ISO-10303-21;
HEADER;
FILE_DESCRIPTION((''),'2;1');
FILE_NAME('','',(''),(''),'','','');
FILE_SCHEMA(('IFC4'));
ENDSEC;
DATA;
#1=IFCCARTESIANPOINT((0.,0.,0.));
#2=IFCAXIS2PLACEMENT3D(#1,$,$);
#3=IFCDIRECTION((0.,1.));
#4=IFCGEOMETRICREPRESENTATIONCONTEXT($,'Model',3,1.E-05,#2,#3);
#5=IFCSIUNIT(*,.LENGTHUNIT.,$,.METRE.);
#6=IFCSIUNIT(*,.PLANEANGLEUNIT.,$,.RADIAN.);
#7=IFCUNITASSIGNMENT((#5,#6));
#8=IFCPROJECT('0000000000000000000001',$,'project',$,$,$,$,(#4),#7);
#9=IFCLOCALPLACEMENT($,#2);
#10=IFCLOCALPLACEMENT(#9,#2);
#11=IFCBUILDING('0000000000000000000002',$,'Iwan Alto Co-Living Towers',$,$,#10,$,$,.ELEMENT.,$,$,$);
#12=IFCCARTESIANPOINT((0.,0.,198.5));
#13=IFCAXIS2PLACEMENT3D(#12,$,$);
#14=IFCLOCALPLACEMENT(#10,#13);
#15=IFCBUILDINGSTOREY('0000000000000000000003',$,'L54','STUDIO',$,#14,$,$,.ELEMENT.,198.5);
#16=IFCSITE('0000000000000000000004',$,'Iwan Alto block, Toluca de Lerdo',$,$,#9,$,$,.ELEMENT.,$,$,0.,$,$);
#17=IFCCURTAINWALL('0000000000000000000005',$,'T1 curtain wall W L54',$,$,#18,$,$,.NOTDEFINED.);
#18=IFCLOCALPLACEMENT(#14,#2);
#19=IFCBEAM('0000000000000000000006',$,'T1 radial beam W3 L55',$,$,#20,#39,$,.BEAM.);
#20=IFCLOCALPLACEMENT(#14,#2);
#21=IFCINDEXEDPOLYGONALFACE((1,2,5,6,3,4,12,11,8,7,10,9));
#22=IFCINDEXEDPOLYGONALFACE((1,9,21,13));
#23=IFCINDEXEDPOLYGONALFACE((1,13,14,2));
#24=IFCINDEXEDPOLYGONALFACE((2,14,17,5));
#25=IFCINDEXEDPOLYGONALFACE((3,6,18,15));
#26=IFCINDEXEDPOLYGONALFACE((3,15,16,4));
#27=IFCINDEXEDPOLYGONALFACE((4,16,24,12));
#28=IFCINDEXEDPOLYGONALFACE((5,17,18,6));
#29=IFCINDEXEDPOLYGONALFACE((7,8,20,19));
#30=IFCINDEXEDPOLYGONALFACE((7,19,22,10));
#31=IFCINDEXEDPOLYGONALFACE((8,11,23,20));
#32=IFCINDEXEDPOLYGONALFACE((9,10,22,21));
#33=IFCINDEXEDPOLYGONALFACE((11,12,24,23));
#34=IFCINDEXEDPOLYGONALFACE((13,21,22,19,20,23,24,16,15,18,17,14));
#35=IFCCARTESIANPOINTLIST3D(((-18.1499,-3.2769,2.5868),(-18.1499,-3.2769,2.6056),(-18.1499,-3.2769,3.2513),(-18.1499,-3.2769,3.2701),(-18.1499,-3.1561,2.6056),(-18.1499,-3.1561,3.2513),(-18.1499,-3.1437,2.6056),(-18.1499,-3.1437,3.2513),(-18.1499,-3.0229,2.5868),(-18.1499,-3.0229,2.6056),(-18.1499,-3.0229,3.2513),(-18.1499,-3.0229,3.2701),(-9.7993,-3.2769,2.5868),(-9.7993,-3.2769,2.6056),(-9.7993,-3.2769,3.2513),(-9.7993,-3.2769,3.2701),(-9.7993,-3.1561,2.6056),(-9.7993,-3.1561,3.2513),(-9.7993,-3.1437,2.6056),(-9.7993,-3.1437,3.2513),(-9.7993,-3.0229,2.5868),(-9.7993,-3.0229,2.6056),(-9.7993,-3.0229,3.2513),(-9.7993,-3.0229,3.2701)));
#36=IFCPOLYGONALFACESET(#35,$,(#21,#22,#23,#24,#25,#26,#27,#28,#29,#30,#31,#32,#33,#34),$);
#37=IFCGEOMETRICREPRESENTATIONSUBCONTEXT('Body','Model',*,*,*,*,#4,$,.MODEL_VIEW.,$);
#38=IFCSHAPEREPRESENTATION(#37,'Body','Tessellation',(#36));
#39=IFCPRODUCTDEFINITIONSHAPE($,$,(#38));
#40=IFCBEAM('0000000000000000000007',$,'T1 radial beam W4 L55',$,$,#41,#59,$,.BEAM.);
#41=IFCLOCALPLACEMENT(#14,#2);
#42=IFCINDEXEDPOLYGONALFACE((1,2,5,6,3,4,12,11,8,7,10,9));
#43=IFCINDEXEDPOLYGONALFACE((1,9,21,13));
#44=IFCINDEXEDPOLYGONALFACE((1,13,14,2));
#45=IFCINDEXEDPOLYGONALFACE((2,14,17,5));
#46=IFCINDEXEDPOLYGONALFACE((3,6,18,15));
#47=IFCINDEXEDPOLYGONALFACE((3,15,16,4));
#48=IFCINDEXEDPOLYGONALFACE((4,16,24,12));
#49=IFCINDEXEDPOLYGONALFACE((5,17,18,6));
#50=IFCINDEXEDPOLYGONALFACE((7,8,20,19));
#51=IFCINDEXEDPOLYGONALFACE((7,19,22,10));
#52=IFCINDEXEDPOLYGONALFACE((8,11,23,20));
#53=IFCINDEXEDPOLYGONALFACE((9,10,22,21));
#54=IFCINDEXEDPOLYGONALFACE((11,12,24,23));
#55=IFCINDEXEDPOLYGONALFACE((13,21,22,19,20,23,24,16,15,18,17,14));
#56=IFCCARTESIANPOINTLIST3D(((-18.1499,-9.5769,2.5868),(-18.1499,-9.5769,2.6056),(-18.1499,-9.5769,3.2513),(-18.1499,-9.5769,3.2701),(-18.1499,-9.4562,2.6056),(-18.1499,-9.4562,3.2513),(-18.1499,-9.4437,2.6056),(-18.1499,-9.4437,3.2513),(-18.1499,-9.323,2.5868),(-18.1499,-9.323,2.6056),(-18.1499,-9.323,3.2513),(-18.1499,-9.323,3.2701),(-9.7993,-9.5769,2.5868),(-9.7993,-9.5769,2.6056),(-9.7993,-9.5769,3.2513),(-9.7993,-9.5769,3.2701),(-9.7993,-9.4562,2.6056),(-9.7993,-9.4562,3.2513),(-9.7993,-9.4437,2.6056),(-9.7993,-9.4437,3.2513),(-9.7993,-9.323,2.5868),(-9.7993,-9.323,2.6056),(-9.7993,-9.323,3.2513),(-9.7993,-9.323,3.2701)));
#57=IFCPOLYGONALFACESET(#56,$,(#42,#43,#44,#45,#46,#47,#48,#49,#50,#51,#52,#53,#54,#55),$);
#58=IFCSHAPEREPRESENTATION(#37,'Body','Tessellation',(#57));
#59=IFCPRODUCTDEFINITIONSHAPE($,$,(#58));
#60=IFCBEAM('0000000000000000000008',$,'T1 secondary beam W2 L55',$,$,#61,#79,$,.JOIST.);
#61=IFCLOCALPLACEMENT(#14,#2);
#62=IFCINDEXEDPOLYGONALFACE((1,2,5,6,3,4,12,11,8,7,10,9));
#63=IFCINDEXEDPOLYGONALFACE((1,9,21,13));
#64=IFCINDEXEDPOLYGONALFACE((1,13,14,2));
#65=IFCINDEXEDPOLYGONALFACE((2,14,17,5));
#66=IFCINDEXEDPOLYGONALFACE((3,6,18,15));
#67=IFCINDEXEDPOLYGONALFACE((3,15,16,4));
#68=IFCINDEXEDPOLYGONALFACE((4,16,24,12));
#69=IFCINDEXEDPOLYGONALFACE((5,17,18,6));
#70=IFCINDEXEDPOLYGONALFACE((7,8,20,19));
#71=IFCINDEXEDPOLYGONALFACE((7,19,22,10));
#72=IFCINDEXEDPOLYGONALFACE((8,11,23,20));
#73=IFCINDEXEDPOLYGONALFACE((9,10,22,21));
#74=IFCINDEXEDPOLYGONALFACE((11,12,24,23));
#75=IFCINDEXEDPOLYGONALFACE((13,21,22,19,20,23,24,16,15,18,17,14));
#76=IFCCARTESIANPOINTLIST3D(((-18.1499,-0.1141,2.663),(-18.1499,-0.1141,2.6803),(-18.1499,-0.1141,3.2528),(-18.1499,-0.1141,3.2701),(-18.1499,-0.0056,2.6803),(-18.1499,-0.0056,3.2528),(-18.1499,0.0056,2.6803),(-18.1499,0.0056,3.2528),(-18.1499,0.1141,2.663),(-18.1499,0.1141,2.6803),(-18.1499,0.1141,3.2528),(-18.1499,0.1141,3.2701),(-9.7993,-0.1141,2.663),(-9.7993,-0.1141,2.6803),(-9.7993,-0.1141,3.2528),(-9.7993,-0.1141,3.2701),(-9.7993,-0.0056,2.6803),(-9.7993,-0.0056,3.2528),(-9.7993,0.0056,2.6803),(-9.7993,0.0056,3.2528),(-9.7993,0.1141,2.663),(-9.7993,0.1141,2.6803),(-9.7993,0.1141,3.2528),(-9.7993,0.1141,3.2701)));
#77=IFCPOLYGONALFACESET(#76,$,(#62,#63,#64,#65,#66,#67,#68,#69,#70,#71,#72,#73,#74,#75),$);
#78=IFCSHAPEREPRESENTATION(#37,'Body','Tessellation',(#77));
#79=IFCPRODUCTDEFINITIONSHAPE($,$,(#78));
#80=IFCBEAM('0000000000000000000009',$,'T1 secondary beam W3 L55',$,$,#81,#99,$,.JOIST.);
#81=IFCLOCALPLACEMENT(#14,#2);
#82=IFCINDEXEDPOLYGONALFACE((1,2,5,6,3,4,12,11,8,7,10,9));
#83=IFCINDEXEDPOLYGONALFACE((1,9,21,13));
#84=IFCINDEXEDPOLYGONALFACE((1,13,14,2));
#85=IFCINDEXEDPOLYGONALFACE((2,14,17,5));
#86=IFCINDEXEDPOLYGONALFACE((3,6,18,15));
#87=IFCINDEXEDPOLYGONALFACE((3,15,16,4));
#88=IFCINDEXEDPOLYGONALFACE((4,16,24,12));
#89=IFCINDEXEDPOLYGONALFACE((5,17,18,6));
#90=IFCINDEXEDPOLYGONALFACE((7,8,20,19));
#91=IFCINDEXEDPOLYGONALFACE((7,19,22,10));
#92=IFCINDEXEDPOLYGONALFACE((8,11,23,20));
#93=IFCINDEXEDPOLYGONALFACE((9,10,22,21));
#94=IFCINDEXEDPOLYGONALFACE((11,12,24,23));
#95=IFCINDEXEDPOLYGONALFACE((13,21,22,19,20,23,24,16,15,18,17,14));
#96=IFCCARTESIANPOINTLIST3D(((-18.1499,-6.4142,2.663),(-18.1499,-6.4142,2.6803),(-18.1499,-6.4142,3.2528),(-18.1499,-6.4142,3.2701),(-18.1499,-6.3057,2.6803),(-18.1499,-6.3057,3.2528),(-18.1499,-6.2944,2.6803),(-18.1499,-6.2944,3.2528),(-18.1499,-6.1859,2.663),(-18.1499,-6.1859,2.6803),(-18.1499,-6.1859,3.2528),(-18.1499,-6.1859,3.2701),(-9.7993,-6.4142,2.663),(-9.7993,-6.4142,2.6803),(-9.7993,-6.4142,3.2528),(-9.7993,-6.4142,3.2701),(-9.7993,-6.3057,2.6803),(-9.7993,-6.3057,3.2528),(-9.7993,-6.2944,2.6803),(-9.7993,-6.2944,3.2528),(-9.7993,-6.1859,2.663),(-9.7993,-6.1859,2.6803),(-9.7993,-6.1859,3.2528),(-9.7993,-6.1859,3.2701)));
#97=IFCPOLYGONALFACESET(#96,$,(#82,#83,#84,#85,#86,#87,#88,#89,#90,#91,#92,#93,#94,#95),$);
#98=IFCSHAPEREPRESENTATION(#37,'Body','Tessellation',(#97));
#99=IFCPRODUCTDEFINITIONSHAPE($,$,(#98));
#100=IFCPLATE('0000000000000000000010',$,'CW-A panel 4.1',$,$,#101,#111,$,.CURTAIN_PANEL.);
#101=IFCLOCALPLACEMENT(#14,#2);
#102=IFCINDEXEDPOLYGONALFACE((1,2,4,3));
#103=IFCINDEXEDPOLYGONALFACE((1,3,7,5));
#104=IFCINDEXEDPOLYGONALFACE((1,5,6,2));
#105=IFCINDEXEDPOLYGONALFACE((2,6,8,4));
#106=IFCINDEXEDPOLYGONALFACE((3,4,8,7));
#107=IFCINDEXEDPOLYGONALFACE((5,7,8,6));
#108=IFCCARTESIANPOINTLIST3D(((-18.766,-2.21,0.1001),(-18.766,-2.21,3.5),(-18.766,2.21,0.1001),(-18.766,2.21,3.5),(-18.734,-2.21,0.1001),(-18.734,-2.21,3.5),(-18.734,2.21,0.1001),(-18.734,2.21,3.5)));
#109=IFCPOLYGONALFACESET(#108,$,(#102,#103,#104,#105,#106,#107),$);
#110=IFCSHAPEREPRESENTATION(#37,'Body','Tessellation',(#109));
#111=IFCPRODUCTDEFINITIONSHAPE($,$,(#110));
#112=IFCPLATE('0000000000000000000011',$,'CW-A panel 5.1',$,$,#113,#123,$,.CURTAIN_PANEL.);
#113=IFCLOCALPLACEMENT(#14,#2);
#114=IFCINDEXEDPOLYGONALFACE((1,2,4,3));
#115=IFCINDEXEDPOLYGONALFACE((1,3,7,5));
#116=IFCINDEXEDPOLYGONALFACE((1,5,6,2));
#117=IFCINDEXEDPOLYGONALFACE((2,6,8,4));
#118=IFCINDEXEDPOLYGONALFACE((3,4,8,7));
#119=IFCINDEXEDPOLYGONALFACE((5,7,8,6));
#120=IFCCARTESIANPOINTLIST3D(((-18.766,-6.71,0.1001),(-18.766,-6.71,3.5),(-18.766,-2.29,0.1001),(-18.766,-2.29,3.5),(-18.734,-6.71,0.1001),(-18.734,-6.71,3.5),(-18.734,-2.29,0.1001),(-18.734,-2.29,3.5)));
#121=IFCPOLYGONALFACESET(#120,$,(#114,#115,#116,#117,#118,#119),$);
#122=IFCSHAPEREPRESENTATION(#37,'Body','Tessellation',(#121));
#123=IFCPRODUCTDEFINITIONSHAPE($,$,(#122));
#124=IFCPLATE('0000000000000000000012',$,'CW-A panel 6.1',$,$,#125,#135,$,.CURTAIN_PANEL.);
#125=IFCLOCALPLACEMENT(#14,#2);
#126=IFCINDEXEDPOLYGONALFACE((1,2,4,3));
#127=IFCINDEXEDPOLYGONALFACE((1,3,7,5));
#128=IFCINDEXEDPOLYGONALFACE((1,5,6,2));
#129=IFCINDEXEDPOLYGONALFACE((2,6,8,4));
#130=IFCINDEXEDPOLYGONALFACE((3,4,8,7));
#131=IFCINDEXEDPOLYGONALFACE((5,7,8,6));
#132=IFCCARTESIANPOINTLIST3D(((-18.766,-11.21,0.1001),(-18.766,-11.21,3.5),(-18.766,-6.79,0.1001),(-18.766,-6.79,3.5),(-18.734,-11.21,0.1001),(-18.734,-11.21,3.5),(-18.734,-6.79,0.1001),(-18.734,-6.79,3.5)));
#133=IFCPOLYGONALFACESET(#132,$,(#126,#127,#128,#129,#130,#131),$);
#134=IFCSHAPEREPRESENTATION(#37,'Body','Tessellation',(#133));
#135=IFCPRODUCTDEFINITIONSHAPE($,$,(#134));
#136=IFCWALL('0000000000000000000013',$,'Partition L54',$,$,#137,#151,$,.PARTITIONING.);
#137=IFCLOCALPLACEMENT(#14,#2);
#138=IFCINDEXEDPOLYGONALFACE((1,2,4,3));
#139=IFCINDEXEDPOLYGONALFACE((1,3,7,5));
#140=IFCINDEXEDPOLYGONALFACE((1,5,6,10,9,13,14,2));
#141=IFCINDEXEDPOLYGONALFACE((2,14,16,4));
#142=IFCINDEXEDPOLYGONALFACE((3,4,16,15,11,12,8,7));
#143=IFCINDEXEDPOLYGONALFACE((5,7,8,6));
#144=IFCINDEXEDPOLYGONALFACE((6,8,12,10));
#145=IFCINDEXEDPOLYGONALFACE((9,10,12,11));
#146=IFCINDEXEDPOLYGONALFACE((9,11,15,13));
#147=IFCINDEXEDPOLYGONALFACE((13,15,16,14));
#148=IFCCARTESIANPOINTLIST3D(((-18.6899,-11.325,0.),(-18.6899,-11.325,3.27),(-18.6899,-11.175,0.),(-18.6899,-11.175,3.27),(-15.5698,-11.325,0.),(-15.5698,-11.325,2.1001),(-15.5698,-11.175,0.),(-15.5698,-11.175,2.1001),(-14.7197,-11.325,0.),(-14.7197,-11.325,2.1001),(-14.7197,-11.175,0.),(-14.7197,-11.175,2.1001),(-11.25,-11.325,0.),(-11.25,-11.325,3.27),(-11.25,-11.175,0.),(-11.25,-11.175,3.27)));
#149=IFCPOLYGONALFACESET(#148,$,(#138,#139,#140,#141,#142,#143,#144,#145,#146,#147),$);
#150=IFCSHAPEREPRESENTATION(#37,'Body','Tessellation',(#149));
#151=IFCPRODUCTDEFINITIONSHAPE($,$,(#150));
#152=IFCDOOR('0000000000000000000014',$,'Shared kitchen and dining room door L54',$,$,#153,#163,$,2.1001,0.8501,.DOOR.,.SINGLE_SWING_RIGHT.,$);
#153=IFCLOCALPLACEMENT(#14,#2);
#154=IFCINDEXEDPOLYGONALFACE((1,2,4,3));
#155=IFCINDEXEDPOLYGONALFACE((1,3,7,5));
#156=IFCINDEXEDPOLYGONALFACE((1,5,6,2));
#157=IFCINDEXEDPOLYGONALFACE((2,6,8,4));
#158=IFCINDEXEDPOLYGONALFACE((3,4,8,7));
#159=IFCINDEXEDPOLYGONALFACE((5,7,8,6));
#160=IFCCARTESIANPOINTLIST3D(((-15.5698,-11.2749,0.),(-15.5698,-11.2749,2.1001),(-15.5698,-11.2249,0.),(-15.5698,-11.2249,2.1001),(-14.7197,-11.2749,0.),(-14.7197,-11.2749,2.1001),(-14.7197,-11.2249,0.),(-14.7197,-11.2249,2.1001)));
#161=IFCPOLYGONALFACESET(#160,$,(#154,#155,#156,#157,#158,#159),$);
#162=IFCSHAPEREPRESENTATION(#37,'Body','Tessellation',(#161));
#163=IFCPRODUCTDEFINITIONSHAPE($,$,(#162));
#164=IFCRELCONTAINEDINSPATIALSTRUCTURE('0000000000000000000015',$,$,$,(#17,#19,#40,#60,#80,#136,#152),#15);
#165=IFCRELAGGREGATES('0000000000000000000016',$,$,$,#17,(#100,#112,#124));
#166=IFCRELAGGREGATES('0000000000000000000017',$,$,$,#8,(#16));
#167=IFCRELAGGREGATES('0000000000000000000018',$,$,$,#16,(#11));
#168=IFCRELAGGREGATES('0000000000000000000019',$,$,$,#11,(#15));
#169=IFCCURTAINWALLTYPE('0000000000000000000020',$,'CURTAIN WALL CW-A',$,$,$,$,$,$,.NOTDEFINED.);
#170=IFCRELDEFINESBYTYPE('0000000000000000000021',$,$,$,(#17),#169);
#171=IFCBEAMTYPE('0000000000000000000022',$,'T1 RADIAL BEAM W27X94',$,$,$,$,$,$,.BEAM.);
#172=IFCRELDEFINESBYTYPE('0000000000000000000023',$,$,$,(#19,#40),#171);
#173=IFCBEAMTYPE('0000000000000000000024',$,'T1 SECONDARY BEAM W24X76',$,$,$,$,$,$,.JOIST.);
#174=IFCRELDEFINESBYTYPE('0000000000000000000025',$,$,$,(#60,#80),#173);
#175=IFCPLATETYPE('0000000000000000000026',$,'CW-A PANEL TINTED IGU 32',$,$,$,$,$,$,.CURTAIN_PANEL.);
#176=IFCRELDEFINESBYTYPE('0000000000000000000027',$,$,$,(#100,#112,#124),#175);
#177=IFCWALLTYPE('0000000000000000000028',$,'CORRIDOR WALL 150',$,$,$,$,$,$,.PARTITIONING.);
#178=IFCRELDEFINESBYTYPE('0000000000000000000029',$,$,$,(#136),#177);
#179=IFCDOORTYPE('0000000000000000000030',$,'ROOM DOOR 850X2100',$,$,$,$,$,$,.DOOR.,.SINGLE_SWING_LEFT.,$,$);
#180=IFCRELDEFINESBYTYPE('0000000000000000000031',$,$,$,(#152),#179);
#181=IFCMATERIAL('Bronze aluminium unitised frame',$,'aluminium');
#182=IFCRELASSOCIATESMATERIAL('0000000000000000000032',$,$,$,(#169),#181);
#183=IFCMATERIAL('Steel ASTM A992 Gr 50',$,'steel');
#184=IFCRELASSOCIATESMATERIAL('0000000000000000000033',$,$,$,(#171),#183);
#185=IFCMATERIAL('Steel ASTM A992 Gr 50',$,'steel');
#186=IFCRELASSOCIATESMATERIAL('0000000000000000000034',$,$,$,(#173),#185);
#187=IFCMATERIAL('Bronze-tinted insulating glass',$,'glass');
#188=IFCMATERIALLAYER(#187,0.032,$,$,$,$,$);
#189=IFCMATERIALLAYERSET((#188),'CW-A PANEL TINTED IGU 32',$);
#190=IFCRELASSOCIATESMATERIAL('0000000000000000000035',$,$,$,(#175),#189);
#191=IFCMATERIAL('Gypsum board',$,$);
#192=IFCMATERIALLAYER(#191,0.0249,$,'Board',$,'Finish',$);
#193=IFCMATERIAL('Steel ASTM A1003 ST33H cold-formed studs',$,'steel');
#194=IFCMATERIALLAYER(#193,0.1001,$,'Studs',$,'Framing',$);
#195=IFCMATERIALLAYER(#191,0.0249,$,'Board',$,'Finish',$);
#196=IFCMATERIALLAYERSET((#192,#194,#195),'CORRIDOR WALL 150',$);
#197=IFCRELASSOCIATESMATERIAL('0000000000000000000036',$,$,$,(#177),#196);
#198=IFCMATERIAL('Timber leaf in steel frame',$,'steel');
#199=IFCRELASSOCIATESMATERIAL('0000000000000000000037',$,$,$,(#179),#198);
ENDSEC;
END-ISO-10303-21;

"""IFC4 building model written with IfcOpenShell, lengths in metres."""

from ifc_helpers import new_model, si_unit, direction, frame, frame_2d, origin, origin_2d, place, context, subcontext, project, spatial, rectangle, i_section, extrude, material, layer, layer_set, material_profile, profile_set, type_object, element, fill, aggregate, save


model = new_model("IFC4")

# Units and contexts
model_context = context("Model", 3, precision=1e-05, world=origin(), true_north=direction((0.0, 1.0)))
body_context = subcontext(model_context, "Body", "Model", "MODEL_VIEW")
ifc_project = project(units=[si_unit("LENGTHUNIT", "METRE"), si_unit("PLANEANGLEUNIT", "RADIAN")], contexts=[model_context])

# Site, building, storey
site_placement = place(None, origin())
site = spatial("IfcSite", under=ifc_project, at=site_placement, Name="Iwan Alto block, Toluca de Lerdo", CompositionType="ELEMENT", RefElevation=0.0)
building_placement = place(site_placement, origin())
building = spatial("IfcBuilding", under=site, at=building_placement, Name="Iwan Alto Co-Living Towers", CompositionType="ELEMENT")
storey_placement = place(building_placement, frame((0.0, 0.0, 198.5)))
storey = spatial("IfcBuildingStorey", under=building, at=storey_placement, Name="L54", Description="STUDIO", CompositionType="ELEMENT", Elevation=198.5)

# Curtain wall
ifc_material_1 = material(Name="Bronze aluminium unitised frame", Category="aluminium")
curtain_wall_type = type_object("IfcCurtainWallType", Name="CURTAIN WALL CW-A", PredefinedType="NOTDEFINED", material=ifc_material_1)
curtain_wall_placement = place(storey_placement, origin())
curtain_wall = element("IfcCurtainWall", 1, at=curtain_wall_placement, inside=storey, type_object=curtain_wall_type, Name="T1 curtain wall W L54", PredefinedType="NOTDEFINED")

# Beams
ifc_material_2 = material(Name="Steel ASTM A992 Gr 50", Category="steel")
ifc_material_profile_1 = material_profile(ifc_material_2, i_section(OverallWidth=0.2539, OverallDepth=0.6833, WebThickness=0.0125, FlangeThickness=0.0188, at=origin_2d()), Name="W27X94")
ifc_profile_set_1 = profile_set([ifc_material_profile_1], Name="Steel ASTM A992 Gr 50")
beam_type_1 = type_object("IfcBeamType", Name="T1 RADIAL BEAM W27X94", PredefinedType="BEAM", material=ifc_profile_set_1)
for number, where, z_axis, x_axis, name in (
    (2, (-18.1499, -3.1499, 2.9285), (1.0, 0.0, 0.0), (0.0, 1.0, 0.0), "T1 radial beam W3 L55"),
    (3, (-18.1499, -9.45, 2.9285), (1.0, 0.0, 0.0), (0.0, 1.0, 0.0), "T1 radial beam W4 L55"),
):
    element("IfcBeam", number, at=place(storey_placement, frame(where, z_axis=z_axis, x_axis=x_axis)), inside=storey, type_object=beam_type_1, Name=name, PredefinedType="BEAM", context=body_context, shape_type="SweptSolid", body=[
        extrude(i_section(OverallWidth=0.2539, OverallDepth=0.6833, WebThickness=0.0125, FlangeThickness=0.0188, at=origin_2d()), origin(), (0.0, 0.0, 1.0), 8.3506),
    ])
ifc_material_3 = material(Name="Steel ASTM A992 Gr 50", Category="steel")
ifc_material_profile_2 = material_profile(ifc_material_3, i_section(OverallWidth=0.2283, OverallDepth=0.6072, WebThickness=0.0112, FlangeThickness=0.0173, at=origin_2d()), Name="W24X76")
ifc_profile_set_2 = profile_set([ifc_material_profile_2], Name="Steel ASTM A992 Gr 50")
beam_type_2 = type_object("IfcBeamType", Name="T1 SECONDARY BEAM W24X76", PredefinedType="JOIST", material=ifc_profile_set_2)
for number, where, z_axis, x_axis, name in (
    (4, (-18.1499, 0.0, 2.9666), (1.0, 0.0, 0.0), (0.0, 1.0, 0.0), "T1 secondary beam W2 L55"),
    (5, (-18.1499, -6.3, 2.9666), (1.0, 0.0, 0.0), (0.0, 1.0, 0.0), "T1 secondary beam W3 L55"),
):
    element("IfcBeam", number, at=place(storey_placement, frame(where, z_axis=z_axis, x_axis=x_axis)), inside=storey, type_object=beam_type_2, Name=name, PredefinedType="JOIST", context=body_context, shape_type="SweptSolid", body=[
        extrude(i_section(OverallWidth=0.2283, OverallDepth=0.6072, WebThickness=0.0112, FlangeThickness=0.0173, at=origin_2d()), origin(), (0.0, 0.0, 1.0), 8.3506),
    ])

# Plates
ifc_material_4 = material(Name="Bronze-tinted insulating glass", Category="glass")
ifc_layer_1 = layer(ifc_material_4, 0.032)
ifc_layer_set_1 = layer_set([ifc_layer_1], Name="CW-A PANEL TINTED IGU 32")
plate_type = type_object("IfcPlateType", Name="CW-A PANEL TINTED IGU 32", PredefinedType="CURTAIN_PANEL", material=ifc_layer_set_1)
plate_1_placement = place(storey_placement, frame((-18.75, 0.0, 0.1001), z_axis=(0.0, 0.0, 1.0), x_axis=(0.0, -1.0, 0.0)))
plate_1 = element("IfcPlate", 6, at=plate_1_placement, type_object=plate_type, Name="CW-A panel 4.1", PredefinedType="CURTAIN_PANEL", context=body_context, shape_type="SweptSolid", body=[
    extrude(rectangle(XDim=4.4199, YDim=0.032, at=origin_2d()), origin(), (0.0, 0.0, 1.0), 3.3999),
])
plate_2_placement = place(storey_placement, frame((-18.75, -4.5, 0.1001), z_axis=(0.0, 0.0, 1.0), x_axis=(0.0, -1.0, 0.0)))
plate_2 = element("IfcPlate", 7, at=plate_2_placement, type_object=plate_type, Name="CW-A panel 5.1", PredefinedType="CURTAIN_PANEL", context=body_context, shape_type="SweptSolid", body=[
    extrude(rectangle(XDim=4.4199, YDim=0.032, at=origin_2d()), origin(), (0.0, 0.0, 1.0), 3.3999),
])
plate_3_placement = place(storey_placement, frame((-18.75, -9.0, 0.1001), z_axis=(0.0, 0.0, 1.0), x_axis=(0.0, -1.0, 0.0)))
plate_3 = element("IfcPlate", 8, at=plate_3_placement, type_object=plate_type, Name="CW-A panel 6.1", PredefinedType="CURTAIN_PANEL", context=body_context, shape_type="SweptSolid", body=[
    extrude(rectangle(XDim=4.4199, YDim=0.032, at=origin_2d()), origin(), (0.0, 0.0, 1.0), 3.3999),
])
aggregate(curtain_wall, [plate_1, plate_2, plate_3])

# Wall, opening, door
ifc_material_5 = material(Name="Gypsum board")
ifc_layer_2 = layer(ifc_material_5, 0.0249, Name="Board", Category="Finish")
ifc_material_6 = material(Name="Steel ASTM A1003 ST33H cold-formed studs", Category="steel")
ifc_layer_3 = layer(ifc_material_6, 0.1001, Name="Studs", Category="Framing")
ifc_layer_4 = layer(ifc_material_5, 0.0249, Name="Board", Category="Finish")
ifc_layer_set_2 = layer_set([ifc_layer_2, ifc_layer_3, ifc_layer_4], Name="CORRIDOR WALL 150")
wall_type = type_object("IfcWallType", Name="CORRIDOR WALL 150", PredefinedType="PARTITIONING", material=ifc_layer_set_2)
wall_1_placement = place(storey_placement, frame((-18.6899, -11.25, 0.0), z_axis=(0.0, 0.0, 1.0), x_axis=(1.0, 0.0, 0.0)))
wall_1 = element("IfcWall", 9, at=wall_1_placement, inside=storey, type_object=wall_type, Name="Partition L54", PredefinedType="PARTITIONING", context=body_context, shape_type="SweptSolid", body=[
    extrude(rectangle(XDim=7.4399, YDim=0.1499, at=frame_2d((3.72, 0.0))), origin(), (0.0, 0.0, 1.0), 3.27),
])
opening_1_placement = place(wall_1_placement, frame((3.1201, 0.0, 0.0)))
opening_1 = element("IfcOpeningElement", 10, at=opening_1_placement, cuts=wall_1, PredefinedType="OPENING", context=body_context, shape_type="SweptSolid", body=[
    extrude(rectangle(XDim=0.8501, YDim=2.1001, at=frame_2d((0.425, 1.05))), frame((0.0, 0.085, 0.0), z_axis=(0.0, -1.0, 0.0), x_axis=(1.0, 0.0, 0.0)), (0.0, 0.0, 1.0), 0.1699),
])
ifc_material_7 = material(Name="Timber leaf in steel frame", Category="steel")
door_type_1 = type_object("IfcDoorType", Name="ROOM DOOR 850X2100", OperationType="SINGLE_SWING_LEFT", PredefinedType="DOOR", material=ifc_material_7)
door_1_placement = place(opening_1_placement, frame((0.8501, 0.0, 0.0), z_axis=(0.0, 0.0, 1.0), x_axis=(-1.0, 0.0, 0.0)))
door_1 = element("IfcDoor", 11, at=door_1_placement, inside=storey, type_object=door_type_1, Name="Shared kitchen and dining room door L54", OperationType="SINGLE_SWING_RIGHT", OverallHeight=2.1001, OverallWidth=0.8501, PredefinedType="DOOR", context=body_context, shape_type="SweptSolid", body=[
    extrude(rectangle(XDim=0.8501, YDim=2.1001, at=frame_2d((0.425, 1.05))), frame((0.0, 0.0249, 0.0), z_axis=(0.0, -1.0, 0.0), x_axis=(1.0, 0.0, 0.0)), (0.0, 0.0, 1.0), 0.05),
])
fill(opening_1, door_1)

save(model, "model.ifc")
